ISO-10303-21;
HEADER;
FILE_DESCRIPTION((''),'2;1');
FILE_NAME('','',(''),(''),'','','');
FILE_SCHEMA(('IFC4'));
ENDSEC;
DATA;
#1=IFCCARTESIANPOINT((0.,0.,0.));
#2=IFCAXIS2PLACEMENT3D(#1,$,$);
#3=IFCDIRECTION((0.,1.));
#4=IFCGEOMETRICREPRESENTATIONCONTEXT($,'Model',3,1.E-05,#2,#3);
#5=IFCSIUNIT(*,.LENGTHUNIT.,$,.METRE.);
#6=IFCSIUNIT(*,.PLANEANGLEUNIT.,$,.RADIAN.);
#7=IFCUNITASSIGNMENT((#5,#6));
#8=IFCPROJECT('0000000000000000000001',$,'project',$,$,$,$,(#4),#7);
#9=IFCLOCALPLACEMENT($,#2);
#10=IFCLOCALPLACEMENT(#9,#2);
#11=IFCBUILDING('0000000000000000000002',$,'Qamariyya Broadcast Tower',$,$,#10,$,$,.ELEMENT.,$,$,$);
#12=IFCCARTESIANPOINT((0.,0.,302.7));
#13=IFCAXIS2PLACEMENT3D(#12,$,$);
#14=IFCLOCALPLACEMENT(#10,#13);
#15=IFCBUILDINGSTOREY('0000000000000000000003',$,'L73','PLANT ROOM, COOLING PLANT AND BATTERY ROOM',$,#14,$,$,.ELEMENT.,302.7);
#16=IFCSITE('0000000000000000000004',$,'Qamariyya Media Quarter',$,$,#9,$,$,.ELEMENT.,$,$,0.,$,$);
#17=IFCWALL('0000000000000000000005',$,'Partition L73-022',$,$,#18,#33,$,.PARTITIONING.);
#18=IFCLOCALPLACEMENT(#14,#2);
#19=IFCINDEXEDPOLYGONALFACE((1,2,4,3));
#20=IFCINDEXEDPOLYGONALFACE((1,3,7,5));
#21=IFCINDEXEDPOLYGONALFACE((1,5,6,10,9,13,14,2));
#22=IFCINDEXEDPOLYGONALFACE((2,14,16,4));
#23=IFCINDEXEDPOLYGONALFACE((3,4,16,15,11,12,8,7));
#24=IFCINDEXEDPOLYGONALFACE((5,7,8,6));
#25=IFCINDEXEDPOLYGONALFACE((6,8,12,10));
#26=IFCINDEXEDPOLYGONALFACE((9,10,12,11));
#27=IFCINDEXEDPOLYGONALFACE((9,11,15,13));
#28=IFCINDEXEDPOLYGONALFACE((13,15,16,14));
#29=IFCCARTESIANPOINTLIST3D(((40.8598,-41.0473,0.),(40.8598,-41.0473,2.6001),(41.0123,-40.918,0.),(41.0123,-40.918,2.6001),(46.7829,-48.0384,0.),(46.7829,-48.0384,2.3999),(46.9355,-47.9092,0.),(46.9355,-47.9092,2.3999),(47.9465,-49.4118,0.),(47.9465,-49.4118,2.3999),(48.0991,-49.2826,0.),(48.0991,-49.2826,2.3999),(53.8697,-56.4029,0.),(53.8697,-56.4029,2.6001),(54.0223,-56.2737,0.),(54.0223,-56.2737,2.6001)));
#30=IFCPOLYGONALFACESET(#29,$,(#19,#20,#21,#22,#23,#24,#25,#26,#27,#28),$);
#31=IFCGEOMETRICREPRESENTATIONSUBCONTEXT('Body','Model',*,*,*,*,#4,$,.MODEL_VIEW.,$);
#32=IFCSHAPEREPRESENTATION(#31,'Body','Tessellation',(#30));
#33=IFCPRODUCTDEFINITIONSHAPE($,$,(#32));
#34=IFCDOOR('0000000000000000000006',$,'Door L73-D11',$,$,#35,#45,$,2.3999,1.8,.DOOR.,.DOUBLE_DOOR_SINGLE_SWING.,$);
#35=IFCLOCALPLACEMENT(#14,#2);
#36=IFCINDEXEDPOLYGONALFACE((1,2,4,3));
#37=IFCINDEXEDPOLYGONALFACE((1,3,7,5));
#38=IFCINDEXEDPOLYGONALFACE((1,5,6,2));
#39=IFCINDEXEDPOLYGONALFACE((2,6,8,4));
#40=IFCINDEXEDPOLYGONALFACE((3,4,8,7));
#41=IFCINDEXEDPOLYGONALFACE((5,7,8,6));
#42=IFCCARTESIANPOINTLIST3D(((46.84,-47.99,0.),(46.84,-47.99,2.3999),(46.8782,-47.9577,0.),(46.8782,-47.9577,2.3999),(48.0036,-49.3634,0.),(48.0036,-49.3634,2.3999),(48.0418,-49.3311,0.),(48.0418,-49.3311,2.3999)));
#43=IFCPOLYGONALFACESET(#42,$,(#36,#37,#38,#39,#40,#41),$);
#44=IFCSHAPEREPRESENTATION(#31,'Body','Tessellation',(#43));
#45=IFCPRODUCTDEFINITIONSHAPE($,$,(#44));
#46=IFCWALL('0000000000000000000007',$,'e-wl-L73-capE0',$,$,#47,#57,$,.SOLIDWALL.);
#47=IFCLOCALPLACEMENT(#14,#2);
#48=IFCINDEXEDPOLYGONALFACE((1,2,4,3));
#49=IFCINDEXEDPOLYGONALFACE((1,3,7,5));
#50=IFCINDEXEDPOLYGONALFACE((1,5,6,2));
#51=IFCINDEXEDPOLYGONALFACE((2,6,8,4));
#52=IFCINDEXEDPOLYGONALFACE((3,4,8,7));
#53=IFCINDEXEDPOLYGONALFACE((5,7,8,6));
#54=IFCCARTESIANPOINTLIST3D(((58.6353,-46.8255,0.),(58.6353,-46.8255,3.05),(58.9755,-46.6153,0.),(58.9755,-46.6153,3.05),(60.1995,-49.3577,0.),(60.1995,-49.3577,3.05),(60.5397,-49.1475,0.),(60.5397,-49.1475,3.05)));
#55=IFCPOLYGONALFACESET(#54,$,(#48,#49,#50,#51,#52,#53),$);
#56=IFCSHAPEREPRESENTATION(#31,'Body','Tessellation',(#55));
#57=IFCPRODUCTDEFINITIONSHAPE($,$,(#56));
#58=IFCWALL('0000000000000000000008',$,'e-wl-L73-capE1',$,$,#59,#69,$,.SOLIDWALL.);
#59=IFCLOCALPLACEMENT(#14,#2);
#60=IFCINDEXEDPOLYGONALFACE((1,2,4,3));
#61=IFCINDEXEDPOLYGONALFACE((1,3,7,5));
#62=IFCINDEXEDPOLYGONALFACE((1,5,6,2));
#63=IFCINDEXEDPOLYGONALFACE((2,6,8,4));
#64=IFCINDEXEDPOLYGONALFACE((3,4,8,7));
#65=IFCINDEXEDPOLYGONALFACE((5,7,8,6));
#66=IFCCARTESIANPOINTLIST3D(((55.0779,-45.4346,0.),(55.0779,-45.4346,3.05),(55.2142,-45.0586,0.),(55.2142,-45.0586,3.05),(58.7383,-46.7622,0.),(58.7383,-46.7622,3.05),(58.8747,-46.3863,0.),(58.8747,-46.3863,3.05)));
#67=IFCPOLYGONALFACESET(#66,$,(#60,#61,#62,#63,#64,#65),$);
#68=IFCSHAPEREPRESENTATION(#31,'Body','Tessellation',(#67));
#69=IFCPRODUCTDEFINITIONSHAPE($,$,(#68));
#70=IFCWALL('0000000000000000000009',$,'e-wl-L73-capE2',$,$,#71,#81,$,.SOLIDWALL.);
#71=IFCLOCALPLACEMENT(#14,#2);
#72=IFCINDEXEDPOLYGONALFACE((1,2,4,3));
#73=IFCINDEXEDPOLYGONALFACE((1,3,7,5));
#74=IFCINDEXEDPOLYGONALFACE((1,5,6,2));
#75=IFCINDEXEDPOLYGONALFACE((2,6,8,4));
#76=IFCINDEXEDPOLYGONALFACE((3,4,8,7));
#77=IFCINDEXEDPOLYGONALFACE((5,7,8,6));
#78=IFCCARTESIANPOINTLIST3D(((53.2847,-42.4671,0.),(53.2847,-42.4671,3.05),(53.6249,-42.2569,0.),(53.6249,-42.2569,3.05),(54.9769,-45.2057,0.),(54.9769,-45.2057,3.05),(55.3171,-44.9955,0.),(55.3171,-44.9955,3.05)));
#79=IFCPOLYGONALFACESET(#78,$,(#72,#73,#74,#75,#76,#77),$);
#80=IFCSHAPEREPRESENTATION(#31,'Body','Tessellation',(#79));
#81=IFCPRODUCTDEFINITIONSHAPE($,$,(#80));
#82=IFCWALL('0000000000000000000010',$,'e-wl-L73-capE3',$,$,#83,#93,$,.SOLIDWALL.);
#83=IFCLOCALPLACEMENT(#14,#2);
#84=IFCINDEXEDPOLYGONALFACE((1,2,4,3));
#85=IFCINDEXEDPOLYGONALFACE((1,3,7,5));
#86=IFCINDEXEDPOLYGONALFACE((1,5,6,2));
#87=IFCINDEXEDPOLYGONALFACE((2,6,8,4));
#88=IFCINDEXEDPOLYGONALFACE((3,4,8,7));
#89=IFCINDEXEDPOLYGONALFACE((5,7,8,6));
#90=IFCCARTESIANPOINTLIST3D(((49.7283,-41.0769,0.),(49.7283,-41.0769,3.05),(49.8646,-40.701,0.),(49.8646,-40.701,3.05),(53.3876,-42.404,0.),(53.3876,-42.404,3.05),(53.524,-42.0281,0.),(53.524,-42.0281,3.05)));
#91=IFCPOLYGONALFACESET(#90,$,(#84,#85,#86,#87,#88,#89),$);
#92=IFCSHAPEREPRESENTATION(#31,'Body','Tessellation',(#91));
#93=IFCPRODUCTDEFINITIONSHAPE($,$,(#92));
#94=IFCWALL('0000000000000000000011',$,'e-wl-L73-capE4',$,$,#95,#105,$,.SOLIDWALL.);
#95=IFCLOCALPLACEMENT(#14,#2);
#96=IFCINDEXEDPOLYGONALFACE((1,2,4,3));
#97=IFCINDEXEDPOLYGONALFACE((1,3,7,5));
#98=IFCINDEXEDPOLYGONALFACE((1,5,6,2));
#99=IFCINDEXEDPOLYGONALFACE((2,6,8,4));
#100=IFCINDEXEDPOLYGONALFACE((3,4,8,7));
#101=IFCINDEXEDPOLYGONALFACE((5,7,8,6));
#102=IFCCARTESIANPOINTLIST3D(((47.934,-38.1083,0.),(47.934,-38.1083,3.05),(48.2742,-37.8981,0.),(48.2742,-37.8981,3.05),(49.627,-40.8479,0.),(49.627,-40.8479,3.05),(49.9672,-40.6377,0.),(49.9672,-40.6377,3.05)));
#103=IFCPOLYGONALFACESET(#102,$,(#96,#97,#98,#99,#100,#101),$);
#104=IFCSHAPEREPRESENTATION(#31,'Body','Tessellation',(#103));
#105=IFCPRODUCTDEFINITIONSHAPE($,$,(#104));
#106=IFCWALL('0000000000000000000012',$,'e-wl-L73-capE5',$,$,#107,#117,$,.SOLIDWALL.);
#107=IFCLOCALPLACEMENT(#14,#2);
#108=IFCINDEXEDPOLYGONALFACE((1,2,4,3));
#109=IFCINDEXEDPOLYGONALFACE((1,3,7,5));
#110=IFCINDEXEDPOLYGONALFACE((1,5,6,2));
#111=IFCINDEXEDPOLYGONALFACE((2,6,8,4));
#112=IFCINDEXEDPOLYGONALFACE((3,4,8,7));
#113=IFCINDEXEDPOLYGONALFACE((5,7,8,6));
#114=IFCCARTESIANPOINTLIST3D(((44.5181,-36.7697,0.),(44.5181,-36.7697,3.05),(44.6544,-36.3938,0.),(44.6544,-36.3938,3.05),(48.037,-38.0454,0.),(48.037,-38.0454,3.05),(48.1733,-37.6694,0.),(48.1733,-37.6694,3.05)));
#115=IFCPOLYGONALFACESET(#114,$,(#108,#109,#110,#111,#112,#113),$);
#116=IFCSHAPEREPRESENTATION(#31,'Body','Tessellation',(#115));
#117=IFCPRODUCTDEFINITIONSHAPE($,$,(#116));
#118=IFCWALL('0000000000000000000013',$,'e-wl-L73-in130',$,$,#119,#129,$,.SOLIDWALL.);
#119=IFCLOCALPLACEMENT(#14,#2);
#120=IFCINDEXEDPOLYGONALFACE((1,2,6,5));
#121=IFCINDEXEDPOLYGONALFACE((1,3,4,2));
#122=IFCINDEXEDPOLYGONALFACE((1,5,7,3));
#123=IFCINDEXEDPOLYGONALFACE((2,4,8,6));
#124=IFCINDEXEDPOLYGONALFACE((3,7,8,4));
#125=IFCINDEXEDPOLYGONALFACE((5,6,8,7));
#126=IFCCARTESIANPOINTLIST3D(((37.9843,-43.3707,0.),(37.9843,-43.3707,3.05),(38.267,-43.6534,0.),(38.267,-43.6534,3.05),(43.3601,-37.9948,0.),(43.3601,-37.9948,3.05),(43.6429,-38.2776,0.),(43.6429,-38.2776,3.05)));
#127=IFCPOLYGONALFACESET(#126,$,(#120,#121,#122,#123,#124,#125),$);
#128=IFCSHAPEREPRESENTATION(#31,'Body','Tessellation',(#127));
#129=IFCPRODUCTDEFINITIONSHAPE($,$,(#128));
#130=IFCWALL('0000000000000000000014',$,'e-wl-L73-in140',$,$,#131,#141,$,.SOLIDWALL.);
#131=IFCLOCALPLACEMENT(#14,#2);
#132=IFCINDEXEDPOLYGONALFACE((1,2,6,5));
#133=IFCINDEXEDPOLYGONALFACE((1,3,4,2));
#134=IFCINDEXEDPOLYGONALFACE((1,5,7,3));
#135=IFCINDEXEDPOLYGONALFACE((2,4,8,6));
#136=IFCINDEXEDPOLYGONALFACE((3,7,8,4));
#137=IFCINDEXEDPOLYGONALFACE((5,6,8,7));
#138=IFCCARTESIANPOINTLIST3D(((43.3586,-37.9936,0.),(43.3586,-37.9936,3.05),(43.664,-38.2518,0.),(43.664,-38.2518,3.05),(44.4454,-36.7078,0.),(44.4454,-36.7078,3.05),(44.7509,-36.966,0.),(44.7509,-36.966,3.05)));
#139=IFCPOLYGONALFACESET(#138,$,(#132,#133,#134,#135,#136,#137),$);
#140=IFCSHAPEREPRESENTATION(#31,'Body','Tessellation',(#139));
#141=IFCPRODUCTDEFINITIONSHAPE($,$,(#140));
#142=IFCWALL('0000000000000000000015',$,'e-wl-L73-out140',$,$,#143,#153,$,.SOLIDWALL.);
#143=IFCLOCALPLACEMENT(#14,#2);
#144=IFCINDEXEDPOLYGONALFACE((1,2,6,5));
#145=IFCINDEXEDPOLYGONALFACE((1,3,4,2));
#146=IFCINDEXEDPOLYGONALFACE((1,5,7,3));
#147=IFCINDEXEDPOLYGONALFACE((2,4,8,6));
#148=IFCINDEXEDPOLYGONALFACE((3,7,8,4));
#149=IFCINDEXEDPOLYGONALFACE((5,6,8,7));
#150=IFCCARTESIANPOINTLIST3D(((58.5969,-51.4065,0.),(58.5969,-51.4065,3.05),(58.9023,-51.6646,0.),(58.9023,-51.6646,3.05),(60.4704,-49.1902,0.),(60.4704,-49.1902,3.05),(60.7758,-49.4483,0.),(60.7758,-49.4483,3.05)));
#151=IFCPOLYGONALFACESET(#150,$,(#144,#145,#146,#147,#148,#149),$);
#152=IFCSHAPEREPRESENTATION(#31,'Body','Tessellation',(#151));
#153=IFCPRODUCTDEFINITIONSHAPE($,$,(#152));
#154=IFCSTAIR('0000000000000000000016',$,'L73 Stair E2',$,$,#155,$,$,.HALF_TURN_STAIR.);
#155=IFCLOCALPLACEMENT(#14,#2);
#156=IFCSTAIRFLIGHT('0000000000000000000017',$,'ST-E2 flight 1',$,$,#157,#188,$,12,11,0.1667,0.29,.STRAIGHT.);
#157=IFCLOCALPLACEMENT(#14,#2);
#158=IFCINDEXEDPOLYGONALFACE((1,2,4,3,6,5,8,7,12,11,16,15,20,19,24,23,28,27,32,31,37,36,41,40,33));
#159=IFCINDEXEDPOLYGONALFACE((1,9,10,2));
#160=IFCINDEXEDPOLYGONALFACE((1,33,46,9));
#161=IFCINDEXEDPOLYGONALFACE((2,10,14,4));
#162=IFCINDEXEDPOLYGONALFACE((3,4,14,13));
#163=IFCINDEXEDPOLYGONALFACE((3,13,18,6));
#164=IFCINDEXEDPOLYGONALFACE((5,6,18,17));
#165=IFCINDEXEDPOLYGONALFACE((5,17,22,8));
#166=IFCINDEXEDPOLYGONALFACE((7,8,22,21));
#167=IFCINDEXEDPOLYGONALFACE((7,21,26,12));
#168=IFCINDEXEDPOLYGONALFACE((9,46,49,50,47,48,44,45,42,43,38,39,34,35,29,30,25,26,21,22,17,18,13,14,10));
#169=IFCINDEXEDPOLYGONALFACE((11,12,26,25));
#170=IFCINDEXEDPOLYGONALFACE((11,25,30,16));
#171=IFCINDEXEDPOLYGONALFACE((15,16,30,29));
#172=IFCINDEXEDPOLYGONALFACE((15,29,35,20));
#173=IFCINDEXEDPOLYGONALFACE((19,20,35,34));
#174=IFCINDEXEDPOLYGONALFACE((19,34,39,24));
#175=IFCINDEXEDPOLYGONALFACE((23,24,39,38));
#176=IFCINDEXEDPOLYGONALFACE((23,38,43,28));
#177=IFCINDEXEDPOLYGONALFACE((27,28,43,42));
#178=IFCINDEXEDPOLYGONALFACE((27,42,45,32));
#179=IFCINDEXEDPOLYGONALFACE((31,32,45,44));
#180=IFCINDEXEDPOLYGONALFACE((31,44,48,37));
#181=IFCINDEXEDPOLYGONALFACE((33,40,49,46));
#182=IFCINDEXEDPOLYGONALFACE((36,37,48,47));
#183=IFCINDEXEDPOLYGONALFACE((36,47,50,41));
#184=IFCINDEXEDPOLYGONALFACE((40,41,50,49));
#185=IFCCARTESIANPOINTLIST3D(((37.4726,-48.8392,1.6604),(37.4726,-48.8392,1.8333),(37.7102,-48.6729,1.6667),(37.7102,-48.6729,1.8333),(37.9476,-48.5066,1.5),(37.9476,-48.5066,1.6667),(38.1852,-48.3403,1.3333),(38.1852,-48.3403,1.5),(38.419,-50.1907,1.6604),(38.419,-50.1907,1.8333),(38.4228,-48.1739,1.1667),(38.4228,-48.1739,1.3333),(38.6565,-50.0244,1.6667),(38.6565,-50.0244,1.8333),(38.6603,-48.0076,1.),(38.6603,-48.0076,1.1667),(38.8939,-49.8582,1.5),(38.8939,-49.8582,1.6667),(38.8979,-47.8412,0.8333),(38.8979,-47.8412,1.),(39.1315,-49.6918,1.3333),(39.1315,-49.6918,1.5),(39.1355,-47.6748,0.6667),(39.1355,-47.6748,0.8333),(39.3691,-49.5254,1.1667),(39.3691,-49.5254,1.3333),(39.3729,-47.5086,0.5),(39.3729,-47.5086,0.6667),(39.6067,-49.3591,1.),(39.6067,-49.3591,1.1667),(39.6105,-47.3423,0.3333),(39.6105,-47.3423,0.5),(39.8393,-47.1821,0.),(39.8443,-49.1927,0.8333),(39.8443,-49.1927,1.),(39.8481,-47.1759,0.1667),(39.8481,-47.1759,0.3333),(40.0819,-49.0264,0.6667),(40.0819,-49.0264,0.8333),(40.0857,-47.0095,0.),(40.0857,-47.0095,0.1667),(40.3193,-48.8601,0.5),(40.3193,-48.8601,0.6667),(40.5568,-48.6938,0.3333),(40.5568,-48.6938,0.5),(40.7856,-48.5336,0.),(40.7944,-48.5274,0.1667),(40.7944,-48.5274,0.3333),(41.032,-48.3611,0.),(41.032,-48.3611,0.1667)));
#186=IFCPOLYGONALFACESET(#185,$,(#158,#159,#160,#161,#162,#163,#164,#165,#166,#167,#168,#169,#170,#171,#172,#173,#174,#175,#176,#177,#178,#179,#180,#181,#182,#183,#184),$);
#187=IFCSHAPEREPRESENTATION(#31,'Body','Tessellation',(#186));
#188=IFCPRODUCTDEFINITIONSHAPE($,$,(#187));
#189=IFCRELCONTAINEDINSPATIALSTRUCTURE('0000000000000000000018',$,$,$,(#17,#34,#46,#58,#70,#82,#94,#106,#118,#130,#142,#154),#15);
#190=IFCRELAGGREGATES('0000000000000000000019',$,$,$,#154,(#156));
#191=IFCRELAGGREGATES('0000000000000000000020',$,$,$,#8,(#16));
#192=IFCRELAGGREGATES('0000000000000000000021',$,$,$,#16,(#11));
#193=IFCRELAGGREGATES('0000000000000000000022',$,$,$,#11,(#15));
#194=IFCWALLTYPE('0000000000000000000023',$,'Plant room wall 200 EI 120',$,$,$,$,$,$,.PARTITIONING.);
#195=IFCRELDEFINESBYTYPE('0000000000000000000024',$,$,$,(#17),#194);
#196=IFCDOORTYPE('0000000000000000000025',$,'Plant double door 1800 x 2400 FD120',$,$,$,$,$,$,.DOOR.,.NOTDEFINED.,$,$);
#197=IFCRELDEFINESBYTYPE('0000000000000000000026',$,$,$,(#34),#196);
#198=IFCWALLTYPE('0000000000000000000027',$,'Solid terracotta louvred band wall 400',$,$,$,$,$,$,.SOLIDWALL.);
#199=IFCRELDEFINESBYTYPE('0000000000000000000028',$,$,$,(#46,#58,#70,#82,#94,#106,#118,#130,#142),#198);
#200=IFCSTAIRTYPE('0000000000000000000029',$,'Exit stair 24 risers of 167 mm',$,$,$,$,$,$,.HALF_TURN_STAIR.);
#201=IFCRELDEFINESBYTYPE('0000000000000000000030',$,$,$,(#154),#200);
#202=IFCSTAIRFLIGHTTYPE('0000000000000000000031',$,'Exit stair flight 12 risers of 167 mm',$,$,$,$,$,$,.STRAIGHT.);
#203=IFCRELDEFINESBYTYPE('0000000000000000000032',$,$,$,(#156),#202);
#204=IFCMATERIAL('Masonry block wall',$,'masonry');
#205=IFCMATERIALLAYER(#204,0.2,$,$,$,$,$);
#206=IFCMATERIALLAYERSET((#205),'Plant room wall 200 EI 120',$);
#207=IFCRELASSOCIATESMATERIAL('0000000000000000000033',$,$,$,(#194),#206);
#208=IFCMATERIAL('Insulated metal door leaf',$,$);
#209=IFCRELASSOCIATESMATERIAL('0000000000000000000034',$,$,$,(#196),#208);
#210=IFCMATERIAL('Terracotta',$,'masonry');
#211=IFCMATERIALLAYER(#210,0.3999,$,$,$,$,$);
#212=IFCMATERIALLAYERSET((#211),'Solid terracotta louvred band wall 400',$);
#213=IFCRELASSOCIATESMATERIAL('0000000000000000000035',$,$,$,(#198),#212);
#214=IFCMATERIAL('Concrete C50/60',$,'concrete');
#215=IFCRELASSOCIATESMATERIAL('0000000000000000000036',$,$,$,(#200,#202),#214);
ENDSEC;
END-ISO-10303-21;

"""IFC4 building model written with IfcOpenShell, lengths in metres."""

from ifc_helpers import new_model, si_unit, direction, frame, frame_2d, origin, place, context, subcontext, project, spatial, polyline, rectangle, outline, extrude, material, layer, layer_set, type_object, element, fill, aggregate, save


model = new_model("IFC4")

# Units and contexts
model_context = context("Model", 3, precision=1e-05, world=origin(), true_north=direction((0.0, 1.0)))
body_context = subcontext(model_context, "Body", "Model", "MODEL_VIEW")
ifc_project = project(units=[si_unit("LENGTHUNIT", "METRE"), si_unit("PLANEANGLEUNIT", "RADIAN")], contexts=[model_context])

# Site, building, storey
site_placement = place(None, origin())
site = spatial("IfcSite", under=ifc_project, at=site_placement, Name="Qamariyya Media Quarter", CompositionType="ELEMENT", RefElevation=0.0)
building_placement = place(site_placement, origin())
building = spatial("IfcBuilding", under=site, at=building_placement, Name="Qamariyya Broadcast Tower", CompositionType="ELEMENT")
storey_placement = place(building_placement, frame((0.0, 0.0, 302.7)))
storey = spatial("IfcBuildingStorey", under=building, at=storey_placement, Name="L73", Description="PLANT ROOM, COOLING PLANT AND BATTERY ROOM", CompositionType="ELEMENT", Elevation=302.7)

# Shared definitions
ifc_material_1 = material(Name="Concrete C50/60", Category="concrete")

# Wall, opening, door
ifc_material_2 = material(Name="Masonry block wall", Category="masonry")
ifc_layer_1 = layer(ifc_material_2, 0.2)
ifc_layer_set_1 = layer_set([ifc_layer_1], Name="Plant room wall 200 EI 120")
wall_type_1 = type_object("IfcWallType", Name="Plant room wall 200 EI 120", PredefinedType="PARTITIONING", material=ifc_layer_set_1)
wall_1_placement = place(storey_placement, frame((40.936, -40.9827, 0.0), z_axis=(0.0, 0.0, 1.0), x_axis=(0.646426, -0.762977, 0.0)))
wall_1 = element("IfcWall", 1, at=wall_1_placement, inside=storey, type_object=wall_type_1, Name="Partition L73-022", PredefinedType="PARTITIONING", context=body_context, shape_type="SweptSolid", body=[
    extrude(rectangle(XDim=20.126, YDim=0.2, at=frame_2d((10.063, 0.0))), origin(), (0.0, 0.0, 1.0), 2.6001),
])
opening_1_placement = place(wall_1_placement, frame((9.1631, 0.0, 0.0)))
opening_1 = element("IfcOpeningElement", 2, at=opening_1_placement, cuts=wall_1, PredefinedType="OPENING", context=body_context, shape_type="SweptSolid", body=[
    extrude(rectangle(XDim=1.8, YDim=2.3999, at=frame_2d((0.8999, 1.2))), frame((0.0, 0.1099, 0.0), z_axis=(0.0, -1.0, 0.0), x_axis=(1.0, 0.0, 0.0)), (0.0, 0.0, 1.0), 0.22),
])
ifc_material_3 = material(Name="Insulated metal door leaf")
door_type_1 = type_object("IfcDoorType", Name="Plant double door 1800 x 2400 FD120", OperationType="NOTDEFINED", PredefinedType="DOOR", material=ifc_material_3)
door_1_placement = place(opening_1_placement, origin())
door_1 = element("IfcDoor", 3, at=door_1_placement, inside=storey, type_object=door_type_1, Name="Door L73-D11", OperationType="DOUBLE_DOOR_SINGLE_SWING", OverallHeight=2.3999, OverallWidth=1.8, PredefinedType="DOOR", context=body_context, shape_type="SweptSolid", body=[
    extrude(rectangle(XDim=1.8, YDim=2.3999, at=frame_2d((0.8999, 1.2))), frame((0.0, 0.0249, 0.0), z_axis=(0.0, -1.0, 0.0), x_axis=(1.0, 0.0, 0.0)), (0.0, 0.0, 1.0), 0.05),
])
fill(opening_1, door_1)

# Walls
ifc_material_4 = material(Name="Terracotta", Category="masonry")
ifc_layer_2 = layer(ifc_material_4, 0.3999)
ifc_layer_set_2 = layer_set([ifc_layer_2], Name="Solid terracotta louvred band wall 400")
wall_type_2 = type_object("IfcWallType", Name="Solid terracotta louvred band wall 400", PredefinedType="SOLIDWALL", material=ifc_layer_set_2)
wall_2_placement = place(storey_placement, frame((60.3696, -49.2527, 0.0), z_axis=(0.0, 0.0, 1.0), x_axis=(-0.525538, 0.85077, 0.0)))
element("IfcWall", 4, at=wall_2_placement, inside=storey, type_object=wall_type_2, Name="e-wl-L73-capE0", PredefinedType="SOLIDWALL", context=body_context, shape_type="SweptSolid", body=[
    extrude(rectangle(XDim=2.9763, YDim=0.3999, at=frame_2d((1.4883, 0.0))), origin(), (0.0, 0.0, 1.0), 3.05),
])
wall_3_placement = place(storey_placement, frame((58.8064, -46.5742, 0.0), z_axis=(0.0, 0.0, 1.0), x_axis=(-0.940075, 0.340968, 0.0)))
element("IfcWall", 5, at=wall_3_placement, inside=storey, type_object=wall_type_2, Name="e-wl-L73-capE1", PredefinedType="SOLIDWALL", context=body_context, shape_type="SweptSolid", body=[
    extrude(rectangle(XDim=3.8938, YDim=0.3999, at=frame_2d((1.9468, 0.0))), origin(), (0.0, 0.0, 1.0), 3.05),
])
wall_4_placement = place(storey_placement, frame((55.147, -45.1006, 0.0), z_axis=(0.0, 0.0, 1.0), x_axis=(-0.525649, 0.850701, 0.0)))
element("IfcWall", 6, at=wall_4_placement, inside=storey, type_object=wall_type_2, Name="e-wl-L73-capE2", PredefinedType="SOLIDWALL", context=body_context, shape_type="SweptSolid", body=[
    extrude(rectangle(XDim=3.2192, YDim=0.3999, at=frame_2d((1.6096, 0.0))), origin(), (0.0, 0.0, 1.0), 3.05),
])
wall_5_placement = place(storey_placement, frame((53.4558, -42.2161, 0.0), z_axis=(0.0, 0.0, 1.0), x_axis=(-0.940086, 0.340937, 0.0)))
element("IfcWall", 7, at=wall_5_placement, inside=storey, type_object=wall_type_2, Name="e-wl-L73-capE3", PredefinedType="SOLIDWALL", context=body_context, shape_type="SweptSolid", body=[
    extrude(rectangle(XDim=3.8926, YDim=0.3999, at=frame_2d((1.9463, 0.0))), origin(), (0.0, 0.0, 1.0), 3.05),
])
wall_6_placement = place(storey_placement, frame((49.7971, -40.7429, 0.0), z_axis=(0.0, 0.0, 1.0), x_axis=(-0.525678, 0.850683, 0.0)))
element("IfcWall", 8, at=wall_6_placement, inside=storey, type_object=wall_type_2, Name="e-wl-L73-capE4", PredefinedType="SOLIDWALL", context=body_context, shape_type="SweptSolid", body=[
    extrude(rectangle(XDim=3.2205, YDim=0.3999, at=frame_2d((1.6104, 0.0))), origin(), (0.0, 0.0, 1.0), 3.05),
])
wall_7_placement = place(storey_placement, frame((48.1052, -37.8574, 0.0), z_axis=(0.0, 0.0, 1.0), x_axis=(-0.94013, 0.340816, 0.0)))
element("IfcWall", 9, at=wall_7_placement, inside=storey, type_object=wall_type_2, Name="e-wl-L73-capE5", PredefinedType="SOLIDWALL", context=body_context, shape_type="SweptSolid", body=[
    extrude(rectangle(XDim=3.7429, YDim=0.3999, at=frame_2d((1.8716, 0.0))), origin(), (0.0, 0.0, 1.0), 3.05),
])
wall_8_placement = place(storey_placement, frame((43.5015, -38.1362, 0.0), z_axis=(0.0, 0.0, 1.0), x_axis=(-0.707107, -0.707107, 0.0)))
element("IfcWall", 10, at=wall_8_placement, inside=storey, type_object=wall_type_2, Name="e-wl-L73-in130", PredefinedType="SOLIDWALL", context=body_context, shape_type="SweptSolid", body=[
    extrude(rectangle(XDim=7.6025, YDim=0.3999, at=frame_2d((3.8013, 0.0))), origin(), (0.0, 0.0, 1.0), 3.05),
])
wall_9_placement = place(storey_placement, frame((44.5981, -36.8369, 0.0), z_axis=(0.0, 0.0, 1.0), x_axis=(-0.645546, -0.763722, 0.0)))
element("IfcWall", 11, at=wall_9_placement, inside=storey, type_object=wall_type_2, Name="e-wl-L73-in140", PredefinedType="SOLIDWALL", context=body_context, shape_type="SweptSolid", body=[
    extrude(rectangle(XDim=1.6836, YDim=0.3999, at=frame_2d((0.8418, 0.0))), origin(), (0.0, 0.0, 1.0), 3.05),
])
wall_10_placement = place(storey_placement, frame((58.7495, -51.5356, 0.0), z_axis=(0.0, 0.0, 1.0), x_axis=(0.64558, 0.763693, 0.0)))
element("IfcWall", 12, at=wall_10_placement, inside=storey, type_object=wall_type_2, Name="e-wl-L73-out140", PredefinedType="SOLIDWALL", context=body_context, shape_type="SweptSolid", body=[
    extrude(rectangle(XDim=2.9021, YDim=0.3999, at=frame_2d((1.4512, 0.0))), origin(), (0.0, 0.0, 1.0), 3.05),
])

# Stair, stair flight
stair_type = type_object("IfcStairType", Name="Exit stair 24 risers of 167 mm", PredefinedType="HALF_TURN_STAIR", material=ifc_material_1)
stair_1_placement = place(storey_placement, origin())
stair_1 = element("IfcStair", 13, at=stair_1_placement, inside=storey, type_object=stair_type, Name="L73 Stair E2", PredefinedType="HALF_TURN_STAIR")
stair_flight_type = type_object("IfcStairFlightType", Name="Exit stair flight 12 risers of 167 mm", PredefinedType="STRAIGHT", material=ifc_material_1)
stair_flight_1_placement = place(storey_placement, frame((40.5588, -47.6853, 0.0), z_axis=(0.0, 0.0, 1.0), x_axis=(-0.819152, -0.573576, 0.0)))
stair_flight_1 = element("IfcStairFlight", 14, at=stair_flight_1_placement, type_object=stair_flight_type, Name="ST-E2 flight 1", NumberOfRisers=12, NumberOfTreads=11, PredefinedType="STRAIGHT", RiserHeight=0.1667, TreadLength=0.29, context=body_context, shape_type="SweptSolid", body=[
    extrude(outline(polyline([(0.0, 0.0), (0.0, 0.1667), (0.29, 0.1667), (0.29, 0.3333), (0.5801, 0.3333), (0.5801, 0.5), (0.8701, 0.5), (0.8701, 0.6667), (1.1599, 0.6667), (1.1599, 0.8333), (1.45, 0.8333), (1.45, 1.0), (1.74, 1.0), (1.74, 1.1667), (2.03, 1.1667), (2.03, 1.3333), (2.3201, 1.3333), (2.3201, 1.5), (2.6101, 1.5), (2.6101, 1.6667), (2.8999, 1.6667), (2.8999, 1.8333), (3.1899, 1.8333), (3.1899, 2.0), (3.1899, 1.6604), (0.3008, 0.0), (0.0, 0.0)])), frame((0.0, 0.825, 0.0), z_axis=(0.0, -1.0, 0.0), x_axis=(1.0, 0.0, 0.0)), (0.0, 0.0, 1.0), 1.6499),
])
aggregate(stair_1, [stair_flight_1])

save(model, "model.ifc")
